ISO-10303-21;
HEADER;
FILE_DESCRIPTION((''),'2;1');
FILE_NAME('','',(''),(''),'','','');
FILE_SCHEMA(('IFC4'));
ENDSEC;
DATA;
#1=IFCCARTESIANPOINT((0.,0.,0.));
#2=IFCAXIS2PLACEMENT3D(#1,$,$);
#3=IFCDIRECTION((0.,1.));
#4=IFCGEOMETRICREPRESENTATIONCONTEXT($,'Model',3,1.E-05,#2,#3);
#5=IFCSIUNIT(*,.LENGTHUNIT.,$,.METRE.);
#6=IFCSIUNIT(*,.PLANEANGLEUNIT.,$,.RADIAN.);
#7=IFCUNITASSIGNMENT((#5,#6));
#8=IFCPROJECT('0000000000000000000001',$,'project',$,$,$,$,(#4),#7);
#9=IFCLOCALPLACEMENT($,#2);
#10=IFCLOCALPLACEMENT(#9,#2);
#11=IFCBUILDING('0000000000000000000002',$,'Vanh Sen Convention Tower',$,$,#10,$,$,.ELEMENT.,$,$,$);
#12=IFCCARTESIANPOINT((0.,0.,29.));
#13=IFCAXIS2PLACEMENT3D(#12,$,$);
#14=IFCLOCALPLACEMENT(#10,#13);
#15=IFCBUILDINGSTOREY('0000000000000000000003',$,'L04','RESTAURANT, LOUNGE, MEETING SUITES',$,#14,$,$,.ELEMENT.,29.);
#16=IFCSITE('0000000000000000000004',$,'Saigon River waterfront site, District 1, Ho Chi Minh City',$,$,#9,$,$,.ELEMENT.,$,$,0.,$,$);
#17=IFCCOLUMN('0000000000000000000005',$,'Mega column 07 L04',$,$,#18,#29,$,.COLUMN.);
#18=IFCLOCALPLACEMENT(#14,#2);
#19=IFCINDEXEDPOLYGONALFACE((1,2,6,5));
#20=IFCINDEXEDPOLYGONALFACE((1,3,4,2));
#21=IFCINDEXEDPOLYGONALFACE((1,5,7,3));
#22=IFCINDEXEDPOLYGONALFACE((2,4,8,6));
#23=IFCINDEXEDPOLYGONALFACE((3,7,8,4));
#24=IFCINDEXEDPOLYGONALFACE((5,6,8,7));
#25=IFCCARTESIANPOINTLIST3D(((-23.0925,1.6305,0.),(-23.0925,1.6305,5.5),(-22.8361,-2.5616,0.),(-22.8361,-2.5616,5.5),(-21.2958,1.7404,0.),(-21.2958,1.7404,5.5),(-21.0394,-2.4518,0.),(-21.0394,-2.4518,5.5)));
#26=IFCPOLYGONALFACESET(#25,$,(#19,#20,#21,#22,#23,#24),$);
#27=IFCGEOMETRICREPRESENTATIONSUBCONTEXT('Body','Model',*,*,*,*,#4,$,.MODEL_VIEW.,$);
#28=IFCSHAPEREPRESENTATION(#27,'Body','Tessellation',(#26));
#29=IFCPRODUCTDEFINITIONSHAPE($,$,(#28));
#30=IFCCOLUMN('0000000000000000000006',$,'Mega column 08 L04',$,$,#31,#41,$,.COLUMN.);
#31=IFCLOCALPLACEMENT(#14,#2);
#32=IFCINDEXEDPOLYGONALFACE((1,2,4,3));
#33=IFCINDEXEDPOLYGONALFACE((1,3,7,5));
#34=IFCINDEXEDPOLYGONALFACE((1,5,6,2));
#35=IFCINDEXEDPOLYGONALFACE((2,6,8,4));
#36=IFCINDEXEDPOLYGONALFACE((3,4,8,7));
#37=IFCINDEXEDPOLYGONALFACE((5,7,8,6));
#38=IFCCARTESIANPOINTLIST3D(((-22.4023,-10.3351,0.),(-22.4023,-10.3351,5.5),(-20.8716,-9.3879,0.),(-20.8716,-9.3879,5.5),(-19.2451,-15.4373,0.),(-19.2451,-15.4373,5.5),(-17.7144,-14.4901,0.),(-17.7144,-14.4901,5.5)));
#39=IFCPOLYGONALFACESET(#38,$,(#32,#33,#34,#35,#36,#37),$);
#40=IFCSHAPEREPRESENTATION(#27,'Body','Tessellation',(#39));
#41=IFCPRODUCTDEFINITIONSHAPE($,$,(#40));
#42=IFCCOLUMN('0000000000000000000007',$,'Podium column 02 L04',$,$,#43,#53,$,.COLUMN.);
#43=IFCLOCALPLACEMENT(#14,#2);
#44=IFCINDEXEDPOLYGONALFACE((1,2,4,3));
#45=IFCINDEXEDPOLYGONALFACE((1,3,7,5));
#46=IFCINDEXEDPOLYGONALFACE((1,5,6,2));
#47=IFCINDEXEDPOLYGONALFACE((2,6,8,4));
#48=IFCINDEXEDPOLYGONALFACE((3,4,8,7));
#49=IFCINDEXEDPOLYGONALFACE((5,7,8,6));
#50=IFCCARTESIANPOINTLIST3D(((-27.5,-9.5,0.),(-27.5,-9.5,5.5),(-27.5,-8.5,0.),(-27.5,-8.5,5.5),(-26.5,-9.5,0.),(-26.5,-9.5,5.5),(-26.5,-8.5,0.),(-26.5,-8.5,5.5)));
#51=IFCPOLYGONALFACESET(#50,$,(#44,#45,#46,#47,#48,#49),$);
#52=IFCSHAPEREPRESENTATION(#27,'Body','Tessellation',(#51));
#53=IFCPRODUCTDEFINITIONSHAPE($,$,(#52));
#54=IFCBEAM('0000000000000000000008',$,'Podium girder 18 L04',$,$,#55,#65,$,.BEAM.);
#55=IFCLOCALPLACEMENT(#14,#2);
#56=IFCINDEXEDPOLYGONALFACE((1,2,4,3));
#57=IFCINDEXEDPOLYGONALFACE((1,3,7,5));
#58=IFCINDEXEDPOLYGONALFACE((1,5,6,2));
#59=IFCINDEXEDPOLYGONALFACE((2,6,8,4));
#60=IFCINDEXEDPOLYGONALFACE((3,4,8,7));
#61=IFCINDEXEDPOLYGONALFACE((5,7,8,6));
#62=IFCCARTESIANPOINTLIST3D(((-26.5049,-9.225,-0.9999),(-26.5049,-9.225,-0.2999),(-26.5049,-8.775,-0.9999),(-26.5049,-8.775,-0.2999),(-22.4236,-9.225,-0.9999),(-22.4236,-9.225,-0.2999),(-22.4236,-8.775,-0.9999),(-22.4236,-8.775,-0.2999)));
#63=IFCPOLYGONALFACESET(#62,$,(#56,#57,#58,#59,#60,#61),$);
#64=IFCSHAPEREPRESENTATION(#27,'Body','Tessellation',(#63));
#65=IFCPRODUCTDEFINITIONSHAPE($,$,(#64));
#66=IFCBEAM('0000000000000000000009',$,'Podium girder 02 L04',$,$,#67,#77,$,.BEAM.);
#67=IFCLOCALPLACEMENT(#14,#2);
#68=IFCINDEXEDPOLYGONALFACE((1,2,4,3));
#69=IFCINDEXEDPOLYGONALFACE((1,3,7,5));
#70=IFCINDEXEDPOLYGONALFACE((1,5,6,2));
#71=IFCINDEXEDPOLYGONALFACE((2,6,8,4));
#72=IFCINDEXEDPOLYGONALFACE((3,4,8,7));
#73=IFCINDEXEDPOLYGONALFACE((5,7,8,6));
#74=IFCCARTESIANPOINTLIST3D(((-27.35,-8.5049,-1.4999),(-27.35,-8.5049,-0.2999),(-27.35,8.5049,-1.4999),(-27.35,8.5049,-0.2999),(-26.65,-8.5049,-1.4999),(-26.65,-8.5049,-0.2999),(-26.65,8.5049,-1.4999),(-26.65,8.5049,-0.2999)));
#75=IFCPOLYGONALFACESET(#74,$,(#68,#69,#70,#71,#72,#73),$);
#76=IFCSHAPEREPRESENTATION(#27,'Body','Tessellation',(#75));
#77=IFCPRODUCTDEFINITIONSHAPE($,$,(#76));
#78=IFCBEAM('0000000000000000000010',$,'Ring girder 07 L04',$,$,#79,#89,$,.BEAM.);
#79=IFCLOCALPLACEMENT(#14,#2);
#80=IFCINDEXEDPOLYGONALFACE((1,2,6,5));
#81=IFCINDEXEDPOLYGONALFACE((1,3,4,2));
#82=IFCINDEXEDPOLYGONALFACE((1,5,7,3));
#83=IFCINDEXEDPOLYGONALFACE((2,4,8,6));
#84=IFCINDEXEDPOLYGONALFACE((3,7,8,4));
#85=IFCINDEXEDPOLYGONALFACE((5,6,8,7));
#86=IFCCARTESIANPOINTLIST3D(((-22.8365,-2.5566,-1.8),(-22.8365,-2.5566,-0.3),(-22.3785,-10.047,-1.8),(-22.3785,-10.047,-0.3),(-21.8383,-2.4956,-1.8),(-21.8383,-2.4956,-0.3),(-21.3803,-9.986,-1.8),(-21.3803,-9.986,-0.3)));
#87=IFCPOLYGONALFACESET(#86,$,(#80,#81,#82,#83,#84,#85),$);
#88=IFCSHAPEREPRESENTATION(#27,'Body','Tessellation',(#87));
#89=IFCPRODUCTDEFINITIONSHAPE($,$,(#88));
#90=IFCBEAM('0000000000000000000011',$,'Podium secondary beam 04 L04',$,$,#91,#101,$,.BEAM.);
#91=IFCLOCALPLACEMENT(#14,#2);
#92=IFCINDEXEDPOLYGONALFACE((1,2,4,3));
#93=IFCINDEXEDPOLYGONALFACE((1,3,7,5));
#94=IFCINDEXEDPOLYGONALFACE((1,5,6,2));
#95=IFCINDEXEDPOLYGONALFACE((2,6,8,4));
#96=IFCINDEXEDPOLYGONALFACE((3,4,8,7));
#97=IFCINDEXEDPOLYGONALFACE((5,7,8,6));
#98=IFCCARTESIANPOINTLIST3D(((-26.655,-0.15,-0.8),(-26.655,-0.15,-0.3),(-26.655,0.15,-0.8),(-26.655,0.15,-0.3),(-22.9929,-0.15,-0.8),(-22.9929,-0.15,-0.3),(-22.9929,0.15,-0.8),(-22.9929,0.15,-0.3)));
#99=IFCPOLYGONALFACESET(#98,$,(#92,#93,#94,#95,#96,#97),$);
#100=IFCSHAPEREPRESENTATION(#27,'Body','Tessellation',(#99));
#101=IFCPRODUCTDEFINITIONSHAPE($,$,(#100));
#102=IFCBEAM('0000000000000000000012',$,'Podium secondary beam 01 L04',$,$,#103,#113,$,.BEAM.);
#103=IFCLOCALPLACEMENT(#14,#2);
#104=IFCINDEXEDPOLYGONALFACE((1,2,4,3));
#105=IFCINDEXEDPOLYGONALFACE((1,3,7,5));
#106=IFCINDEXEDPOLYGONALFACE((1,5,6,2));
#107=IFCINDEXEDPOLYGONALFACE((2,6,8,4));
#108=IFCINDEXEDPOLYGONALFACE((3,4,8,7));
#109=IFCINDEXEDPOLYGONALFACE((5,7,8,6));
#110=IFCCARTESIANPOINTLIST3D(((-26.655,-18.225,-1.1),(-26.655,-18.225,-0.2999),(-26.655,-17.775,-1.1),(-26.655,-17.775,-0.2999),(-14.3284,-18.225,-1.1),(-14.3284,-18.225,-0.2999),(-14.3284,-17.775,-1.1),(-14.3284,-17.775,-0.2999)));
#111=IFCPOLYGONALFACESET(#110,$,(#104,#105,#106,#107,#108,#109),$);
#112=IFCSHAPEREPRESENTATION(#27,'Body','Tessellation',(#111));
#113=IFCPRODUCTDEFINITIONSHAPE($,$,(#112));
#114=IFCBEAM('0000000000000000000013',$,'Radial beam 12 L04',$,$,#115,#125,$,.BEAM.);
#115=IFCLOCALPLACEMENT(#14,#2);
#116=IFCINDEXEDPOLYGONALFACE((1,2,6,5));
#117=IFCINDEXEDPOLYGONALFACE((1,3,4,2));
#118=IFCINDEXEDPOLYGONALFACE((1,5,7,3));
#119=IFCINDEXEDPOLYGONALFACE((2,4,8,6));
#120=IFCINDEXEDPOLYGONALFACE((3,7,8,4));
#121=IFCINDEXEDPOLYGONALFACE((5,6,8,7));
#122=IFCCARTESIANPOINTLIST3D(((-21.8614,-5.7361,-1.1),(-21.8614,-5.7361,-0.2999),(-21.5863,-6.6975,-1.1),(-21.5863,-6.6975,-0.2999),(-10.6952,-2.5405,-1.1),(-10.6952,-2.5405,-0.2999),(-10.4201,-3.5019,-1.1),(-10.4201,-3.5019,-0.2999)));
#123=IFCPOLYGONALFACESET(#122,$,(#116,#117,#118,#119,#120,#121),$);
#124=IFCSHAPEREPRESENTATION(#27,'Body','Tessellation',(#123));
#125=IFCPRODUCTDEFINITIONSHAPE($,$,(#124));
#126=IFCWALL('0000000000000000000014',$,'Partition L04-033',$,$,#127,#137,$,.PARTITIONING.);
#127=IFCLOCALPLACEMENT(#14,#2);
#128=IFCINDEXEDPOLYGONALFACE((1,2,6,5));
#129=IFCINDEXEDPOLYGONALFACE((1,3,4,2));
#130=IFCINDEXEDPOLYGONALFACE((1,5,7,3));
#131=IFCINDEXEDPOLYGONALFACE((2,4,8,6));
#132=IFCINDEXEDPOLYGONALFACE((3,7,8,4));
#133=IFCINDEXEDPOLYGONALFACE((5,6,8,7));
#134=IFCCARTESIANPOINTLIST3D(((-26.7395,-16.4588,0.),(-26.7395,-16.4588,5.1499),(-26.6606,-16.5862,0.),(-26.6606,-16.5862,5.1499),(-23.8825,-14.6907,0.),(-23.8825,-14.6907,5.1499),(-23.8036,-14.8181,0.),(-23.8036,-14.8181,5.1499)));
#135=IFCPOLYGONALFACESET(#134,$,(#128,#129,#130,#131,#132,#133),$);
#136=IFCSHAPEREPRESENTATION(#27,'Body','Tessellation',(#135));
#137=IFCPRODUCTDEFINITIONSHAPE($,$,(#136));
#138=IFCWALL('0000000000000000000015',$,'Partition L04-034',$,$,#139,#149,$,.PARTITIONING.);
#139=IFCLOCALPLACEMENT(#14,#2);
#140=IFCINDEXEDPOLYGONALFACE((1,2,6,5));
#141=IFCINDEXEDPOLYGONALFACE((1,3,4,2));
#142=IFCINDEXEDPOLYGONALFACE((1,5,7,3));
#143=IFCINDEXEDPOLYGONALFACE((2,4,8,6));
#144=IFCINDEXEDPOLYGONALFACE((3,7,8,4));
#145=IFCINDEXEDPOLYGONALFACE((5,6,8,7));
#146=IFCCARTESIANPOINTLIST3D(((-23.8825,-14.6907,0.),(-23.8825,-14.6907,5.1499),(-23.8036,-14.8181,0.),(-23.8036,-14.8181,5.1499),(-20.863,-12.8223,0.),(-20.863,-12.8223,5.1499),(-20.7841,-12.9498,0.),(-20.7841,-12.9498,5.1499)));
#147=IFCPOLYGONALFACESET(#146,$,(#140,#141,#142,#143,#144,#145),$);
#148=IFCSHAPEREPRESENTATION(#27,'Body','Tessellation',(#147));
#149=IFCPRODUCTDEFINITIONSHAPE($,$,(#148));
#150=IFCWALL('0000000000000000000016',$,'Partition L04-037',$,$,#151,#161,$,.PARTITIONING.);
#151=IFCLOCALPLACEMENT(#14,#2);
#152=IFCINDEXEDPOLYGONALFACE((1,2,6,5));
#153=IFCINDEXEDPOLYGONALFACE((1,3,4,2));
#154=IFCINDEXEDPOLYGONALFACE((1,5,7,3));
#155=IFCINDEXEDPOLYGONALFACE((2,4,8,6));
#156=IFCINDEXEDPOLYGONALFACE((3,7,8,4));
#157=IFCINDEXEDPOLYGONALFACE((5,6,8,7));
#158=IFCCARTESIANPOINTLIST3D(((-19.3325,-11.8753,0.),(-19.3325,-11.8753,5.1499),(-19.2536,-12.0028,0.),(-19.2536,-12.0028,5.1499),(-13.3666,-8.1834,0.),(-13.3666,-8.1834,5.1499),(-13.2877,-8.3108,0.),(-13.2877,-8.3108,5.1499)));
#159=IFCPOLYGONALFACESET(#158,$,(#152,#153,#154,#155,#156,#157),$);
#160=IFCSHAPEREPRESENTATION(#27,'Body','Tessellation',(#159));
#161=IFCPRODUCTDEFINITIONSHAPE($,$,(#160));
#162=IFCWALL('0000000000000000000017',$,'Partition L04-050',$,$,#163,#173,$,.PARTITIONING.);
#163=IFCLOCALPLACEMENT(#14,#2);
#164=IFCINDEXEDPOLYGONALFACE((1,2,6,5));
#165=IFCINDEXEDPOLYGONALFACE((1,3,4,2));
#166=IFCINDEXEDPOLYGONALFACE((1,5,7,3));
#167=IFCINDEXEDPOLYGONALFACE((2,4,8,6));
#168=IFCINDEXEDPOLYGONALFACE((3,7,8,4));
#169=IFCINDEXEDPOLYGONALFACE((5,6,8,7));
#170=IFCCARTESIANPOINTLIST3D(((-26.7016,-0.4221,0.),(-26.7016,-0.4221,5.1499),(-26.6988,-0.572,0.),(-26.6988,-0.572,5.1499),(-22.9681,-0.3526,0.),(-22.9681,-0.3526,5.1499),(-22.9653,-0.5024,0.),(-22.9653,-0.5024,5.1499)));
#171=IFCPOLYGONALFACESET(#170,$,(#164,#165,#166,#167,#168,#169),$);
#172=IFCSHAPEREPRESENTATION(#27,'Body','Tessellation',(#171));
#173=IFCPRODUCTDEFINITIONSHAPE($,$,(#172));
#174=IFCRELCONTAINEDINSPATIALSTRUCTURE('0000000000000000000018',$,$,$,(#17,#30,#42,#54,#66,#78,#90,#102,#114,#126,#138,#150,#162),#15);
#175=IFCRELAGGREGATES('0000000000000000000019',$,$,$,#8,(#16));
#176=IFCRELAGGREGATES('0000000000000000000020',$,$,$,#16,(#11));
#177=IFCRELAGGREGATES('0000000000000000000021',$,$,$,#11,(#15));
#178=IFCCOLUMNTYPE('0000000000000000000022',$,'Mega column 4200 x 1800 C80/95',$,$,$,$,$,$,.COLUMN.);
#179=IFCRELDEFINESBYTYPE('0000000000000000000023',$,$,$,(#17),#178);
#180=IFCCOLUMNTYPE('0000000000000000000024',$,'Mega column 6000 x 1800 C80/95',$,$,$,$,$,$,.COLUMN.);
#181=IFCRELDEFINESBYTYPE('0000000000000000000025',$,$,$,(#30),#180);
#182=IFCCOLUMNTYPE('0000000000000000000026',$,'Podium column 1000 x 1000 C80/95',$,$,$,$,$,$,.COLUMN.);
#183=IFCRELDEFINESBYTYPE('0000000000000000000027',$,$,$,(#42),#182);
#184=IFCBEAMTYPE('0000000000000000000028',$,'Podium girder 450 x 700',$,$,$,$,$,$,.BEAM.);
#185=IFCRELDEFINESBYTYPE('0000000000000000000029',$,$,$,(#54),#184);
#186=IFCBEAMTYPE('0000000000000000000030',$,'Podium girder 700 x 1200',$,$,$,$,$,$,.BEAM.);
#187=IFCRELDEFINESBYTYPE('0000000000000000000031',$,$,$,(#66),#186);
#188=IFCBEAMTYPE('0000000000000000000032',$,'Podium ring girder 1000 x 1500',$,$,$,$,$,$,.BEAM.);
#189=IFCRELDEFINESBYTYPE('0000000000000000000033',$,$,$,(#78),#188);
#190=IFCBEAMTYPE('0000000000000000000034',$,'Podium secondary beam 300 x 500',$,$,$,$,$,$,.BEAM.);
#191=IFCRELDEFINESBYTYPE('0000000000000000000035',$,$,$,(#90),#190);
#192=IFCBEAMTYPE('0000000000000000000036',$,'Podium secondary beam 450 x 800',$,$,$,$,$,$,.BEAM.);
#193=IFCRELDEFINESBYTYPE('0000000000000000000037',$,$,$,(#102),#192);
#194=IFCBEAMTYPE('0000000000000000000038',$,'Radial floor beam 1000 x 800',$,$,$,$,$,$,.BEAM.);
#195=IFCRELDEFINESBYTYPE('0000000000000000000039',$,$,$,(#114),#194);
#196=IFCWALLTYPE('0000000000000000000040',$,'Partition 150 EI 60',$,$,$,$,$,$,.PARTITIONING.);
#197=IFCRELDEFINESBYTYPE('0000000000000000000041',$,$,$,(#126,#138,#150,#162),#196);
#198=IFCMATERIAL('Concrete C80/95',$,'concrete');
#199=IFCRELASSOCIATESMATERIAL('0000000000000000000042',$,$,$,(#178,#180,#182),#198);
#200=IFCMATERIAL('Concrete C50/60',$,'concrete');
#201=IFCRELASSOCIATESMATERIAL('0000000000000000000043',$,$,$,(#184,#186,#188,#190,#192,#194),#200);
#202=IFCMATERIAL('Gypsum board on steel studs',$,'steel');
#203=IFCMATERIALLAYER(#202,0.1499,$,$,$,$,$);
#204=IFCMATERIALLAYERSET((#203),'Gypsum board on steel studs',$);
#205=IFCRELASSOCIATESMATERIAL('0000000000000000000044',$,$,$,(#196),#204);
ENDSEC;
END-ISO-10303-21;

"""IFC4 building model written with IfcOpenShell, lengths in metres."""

from ifc_helpers import new_model, si_unit, direction, frame, frame_2d, origin, origin_2d, place, context, subcontext, project, spatial, rectangle, extrude, material, layer, layer_set, material_profile, profile_set, type_object, element, save


model = new_model("IFC4")

# Units and contexts
model_context = context("Model", 3, precision=1e-05, world=origin(), true_north=direction((0.0, 1.0)))
body_context = subcontext(model_context, "Body", "Model", "MODEL_VIEW")
ifc_project = project(units=[si_unit("LENGTHUNIT", "METRE"), si_unit("PLANEANGLEUNIT", "RADIAN")], contexts=[model_context])

# Site, building, storey
site_placement = place(None, origin())
site = spatial("IfcSite", under=ifc_project, at=site_placement, Name="Saigon River waterfront site, District 1, Ho Chi Minh City", CompositionType="ELEMENT", RefElevation=0.0)
building_placement = place(site_placement, origin())
building = spatial("IfcBuilding", under=site, at=building_placement, Name="Vanh Sen Convention Tower", CompositionType="ELEMENT")
storey_placement = place(building_placement, frame((0.0, 0.0, 29.0)))
storey = spatial("IfcBuildingStorey", under=building, at=storey_placement, Name="L04", Description="RESTAURANT, LOUNGE, MEETING SUITES", CompositionType="ELEMENT", Elevation=29.0)

# Columns
ifc_material_1 = material(Name="Concrete C80/95", Category="concrete")
ifc_material_profile_1 = material_profile(ifc_material_1, rectangle(XDim=4.2, YDim=1.8, at=origin_2d()), Name="RC 4200X1800")
ifc_profile_set_1 = profile_set([ifc_material_profile_1], Name="Concrete C80/95")
column_type_1 = type_object("IfcColumnType", Name="Mega column 4200 x 1800 C80/95", PredefinedType="COLUMN", material=ifc_profile_set_1)
column_1_placement = place(storey_placement, frame((-22.0659, -0.4106, 0.0), z_axis=(0.0, 0.0, 1.0), x_axis=(0.061047, -0.998135, 0.0)))
element("IfcColumn", 1, at=column_1_placement, inside=storey, type_object=column_type_1, Name="Mega column 07 L04", PredefinedType="COLUMN", context=body_context, shape_type="SweptSolid", body=[
    extrude(rectangle(XDim=4.2, YDim=1.8, at=origin_2d()), origin(), (0.0, 0.0, 1.0), 5.5),
])
ifc_material_profile_2 = material_profile(ifc_material_1, rectangle(XDim=6.0, YDim=1.8, at=origin_2d()), Name="RC 6000X1800")
ifc_profile_set_2 = profile_set([ifc_material_profile_2], Name="Concrete C80/95")
column_type_2 = type_object("IfcColumnType", Name="Mega column 6000 x 1800 C80/95", PredefinedType="COLUMN", material=ifc_profile_set_2)
column_2_placement = place(storey_placement, frame((-20.0583, -12.4126, 0.0), z_axis=(0.0, 0.0, 1.0), x_axis=(0.526202, -0.85036, 0.0)))
element("IfcColumn", 2, at=column_2_placement, inside=storey, type_object=column_type_2, Name="Mega column 08 L04", PredefinedType="COLUMN", context=body_context, shape_type="SweptSolid", body=[
    extrude(rectangle(XDim=6.0, YDim=1.8, at=origin_2d()), origin(), (0.0, 0.0, 1.0), 5.5),
])
ifc_material_profile_3 = material_profile(ifc_material_1, rectangle(XDim=1.0, YDim=1.0, at=origin_2d()), Name="RC 1000X1000")
ifc_profile_set_3 = profile_set([ifc_material_profile_3], Name="Concrete C80/95")
column_type_3 = type_object("IfcColumnType", Name="Podium column 1000 x 1000 C80/95", PredefinedType="COLUMN", material=ifc_profile_set_3)
column_3_placement = place(storey_placement, frame((-27.0, -9.0, 0.0), z_axis=(0.0, 0.0, 1.0), x_axis=(1.0, 0.0, 0.0)))
element("IfcColumn", 3, at=column_3_placement, inside=storey, type_object=column_type_3, Name="Podium column 02 L04", PredefinedType="COLUMN", context=body_context, shape_type="SweptSolid", body=[
    extrude(rectangle(XDim=1.0, YDim=1.0, at=origin_2d()), origin(), (0.0, 0.0, 1.0), 5.5),
])

# Beams
ifc_material_2 = material(Name="Concrete C50/60", Category="concrete")
ifc_material_profile_4 = material_profile(ifc_material_2, rectangle(XDim=0.45, YDim=0.7, at=origin_2d()), Name="RC 450X700")
ifc_profile_set_4 = profile_set([ifc_material_profile_4], Name="Concrete C50/60")
beam_type_1 = type_object("IfcBeamType", Name="Podium girder 450 x 700", PredefinedType="BEAM", material=ifc_profile_set_4)
beam_1_placement = place(storey_placement, frame((-26.5049, -9.0, -0.6499), z_axis=(1.0, 0.0, 0.0), x_axis=(0.0, 1.0, 0.0)))
element("IfcBeam", 4, at=beam_1_placement, inside=storey, type_object=beam_type_1, Name="Podium girder 18 L04", PredefinedType="BEAM", context=body_context, shape_type="SweptSolid", body=[
    extrude(rectangle(XDim=0.45, YDim=0.7, at=origin_2d()), origin(), (0.0, 0.0, 1.0), 4.0813),
])
ifc_material_profile_5 = material_profile(ifc_material_2, rectangle(XDim=0.7, YDim=1.2, at=origin_2d()), Name="RC 700X1200")
ifc_profile_set_5 = profile_set([ifc_material_profile_5], Name="Concrete C50/60")
beam_type_2 = type_object("IfcBeamType", Name="Podium girder 700 x 1200", PredefinedType="BEAM", material=ifc_profile_set_5)
beam_2_placement = place(storey_placement, frame((-27.0, -8.5049, -0.8999), z_axis=(0.0, 1.0, 0.0), x_axis=(-1.0, 0.0, 0.0)))
element("IfcBeam", 5, at=beam_2_placement, inside=storey, type_object=beam_type_2, Name="Podium girder 02 L04", PredefinedType="BEAM", context=body_context, shape_type="SweptSolid", body=[
    extrude(rectangle(XDim=0.7, YDim=1.2, at=origin_2d()), origin(), (0.0, 0.0, 1.0), 17.0098),
])
ifc_material_profile_6 = material_profile(ifc_material_2, rectangle(XDim=1.0, YDim=1.5, at=origin_2d()), Name="RC 1000X1500")
ifc_profile_set_6 = profile_set([ifc_material_profile_6], Name="Concrete C50/60")
beam_type_3 = type_object("IfcBeamType", Name="Podium ring girder 1000 x 1500", PredefinedType="BEAM", material=ifc_profile_set_6)
beam_3_placement = place(storey_placement, frame((-22.3374, -2.5261, -1.05), z_axis=(0.061031, -0.998136, 0.0), x_axis=(0.998136, 0.061031, 0.0)))
element("IfcBeam", 6, at=beam_3_placement, inside=storey, type_object=beam_type_3, Name="Ring girder 07 L04", PredefinedType="BEAM", context=body_context, shape_type="SweptSolid", body=[
    extrude(rectangle(XDim=1.0, YDim=1.5, at=origin_2d()), origin(), (0.0, 0.0, 1.0), 7.5044),
])
ifc_material_profile_7 = material_profile(ifc_material_2, rectangle(XDim=0.3, YDim=0.5, at=origin_2d()), Name="RC 300X500")
ifc_profile_set_7 = profile_set([ifc_material_profile_7], Name="Concrete C50/60")
beam_type_4 = type_object("IfcBeamType", Name="Podium secondary beam 300 x 500", PredefinedType="BEAM", material=ifc_profile_set_7)
beam_4_placement = place(storey_placement, frame((-26.655, 0.0, -0.55), z_axis=(1.0, 0.0, 0.0), x_axis=(0.0, 1.0, 0.0)))
element("IfcBeam", 7, at=beam_4_placement, inside=storey, type_object=beam_type_4, Name="Podium secondary beam 04 L04", PredefinedType="BEAM", context=body_context, shape_type="SweptSolid", body=[
    extrude(rectangle(XDim=0.3, YDim=0.5, at=origin_2d()), origin(), (0.0, 0.0, 1.0), 3.6621),
])
ifc_material_profile_8 = material_profile(ifc_material_2, rectangle(XDim=0.45, YDim=0.8, at=origin_2d()), Name="RC 450X800")
ifc_profile_set_8 = profile_set([ifc_material_profile_8], Name="Concrete C50/60")
beam_type_5 = type_object("IfcBeamType", Name="Podium secondary beam 450 x 800", PredefinedType="BEAM", material=ifc_profile_set_8)
beam_5_placement = place(storey_placement, frame((-26.655, -18.0, -0.7), z_axis=(1.0, 0.0, 0.0), x_axis=(0.0, 1.0, 0.0)))
element("IfcBeam", 8, at=beam_5_placement, inside=storey, type_object=beam_type_5, Name="Podium secondary beam 01 L04", PredefinedType="BEAM", context=body_context, shape_type="SweptSolid", body=[
    extrude(rectangle(XDim=0.45, YDim=0.8, at=origin_2d()), origin(), (0.0, 0.0, 1.0), 12.3267),
])
ifc_material_profile_9 = material_profile(ifc_material_2, rectangle(XDim=1.0, YDim=0.8, at=origin_2d()), Name="RC 1000X800")
ifc_profile_set_9 = profile_set([ifc_material_profile_9], Name="Concrete C50/60")
beam_type_6 = type_object("IfcBeamType", Name="Radial floor beam 1000 x 800", PredefinedType="BEAM", material=ifc_profile_set_9)
beam_6_placement = place(storey_placement, frame((-21.7239, -6.2168, -0.7), z_axis=(0.961406, 0.275135, 0.0), x_axis=(-0.275135, 0.961406, 0.0)))
element("IfcBeam", 9, at=beam_6_placement, inside=storey, type_object=beam_type_6, Name="Radial beam 12 L04", PredefinedType="BEAM", context=body_context, shape_type="SweptSolid", body=[
    extrude(rectangle(XDim=1.0, YDim=0.8, at=origin_2d()), origin(), (0.0, 0.0, 1.0), 11.6145),
])

# Walls
ifc_material_3 = material(Name="Gypsum board on steel studs", Category="steel")
ifc_layer_1 = layer(ifc_material_3, 0.1499)
ifc_layer_set_1 = layer_set([ifc_layer_1], Name="Gypsum board on steel studs")
wall_type_1 = type_object("IfcWallType", Name="Partition 150 EI 60", PredefinedType="PARTITIONING", material=ifc_layer_set_1)
wall_1_placement = place(storey_placement, frame((-23.843, -14.7544, 0.0), z_axis=(0.0, 0.0, 1.0), x_axis=(-0.850333, -0.526245, 0.0)))
element("IfcWall", 10, at=wall_1_placement, inside=storey, type_object=wall_type_1, Name="Partition L04-033", PredefinedType="PARTITIONING", context=body_context, shape_type="SweptSolid", body=[
    extrude(rectangle(XDim=3.3599, YDim=0.1499, at=frame_2d((1.6799, 0.0))), origin(), (0.0, 0.0, 1.0), 5.1499),
])
wall_2_placement = place(storey_placement, frame((-23.843, -14.7544, 0.0), z_axis=(0.0, 0.0, 1.0), x_axis=(0.850369, 0.526187, 0.0)))
element("IfcWall", 11, at=wall_2_placement, inside=storey, type_object=wall_type_1, Name="Partition L04-034", PredefinedType="PARTITIONING", context=body_context, shape_type="SweptSolid", body=[
    extrude(rectangle(XDim=3.5508, YDim=0.1499, at=frame_2d((1.7754, 0.0))), origin(), (0.0, 0.0, 1.0), 5.1499),
])
wall_3_placement = place(storey_placement, frame((-19.293, -11.939, 0.0), z_axis=(0.0, 0.0, 1.0), x_axis=(0.850344, 0.526228, 0.0)))
element("IfcWall", 12, at=wall_3_placement, inside=storey, type_object=wall_type_1, Name="Partition L04-037", PredefinedType="PARTITIONING", context=body_context, shape_type="SweptSolid", body=[
    extrude(rectangle(XDim=7.0159, YDim=0.1499, at=frame_2d((3.5078, 0.0))), origin(), (0.0, 0.0, 1.0), 5.1499),
])
wall_4_placement = place(storey_placement, frame((-22.9666, -0.4275, 0.0), z_axis=(0.0, 0.0, 1.0), x_axis=(-0.999826, -0.018634, 0.0)))
element("IfcWall", 13, at=wall_4_placement, inside=storey, type_object=wall_type_1, Name="Partition L04-050", PredefinedType="PARTITIONING", context=body_context, shape_type="SweptSolid", body=[
    extrude(rectangle(XDim=3.7341, YDim=0.1499, at=frame_2d((1.8672, 0.0))), origin(), (0.0, 0.0, 1.0), 5.1499),
])

save(model, "model.ifc")
